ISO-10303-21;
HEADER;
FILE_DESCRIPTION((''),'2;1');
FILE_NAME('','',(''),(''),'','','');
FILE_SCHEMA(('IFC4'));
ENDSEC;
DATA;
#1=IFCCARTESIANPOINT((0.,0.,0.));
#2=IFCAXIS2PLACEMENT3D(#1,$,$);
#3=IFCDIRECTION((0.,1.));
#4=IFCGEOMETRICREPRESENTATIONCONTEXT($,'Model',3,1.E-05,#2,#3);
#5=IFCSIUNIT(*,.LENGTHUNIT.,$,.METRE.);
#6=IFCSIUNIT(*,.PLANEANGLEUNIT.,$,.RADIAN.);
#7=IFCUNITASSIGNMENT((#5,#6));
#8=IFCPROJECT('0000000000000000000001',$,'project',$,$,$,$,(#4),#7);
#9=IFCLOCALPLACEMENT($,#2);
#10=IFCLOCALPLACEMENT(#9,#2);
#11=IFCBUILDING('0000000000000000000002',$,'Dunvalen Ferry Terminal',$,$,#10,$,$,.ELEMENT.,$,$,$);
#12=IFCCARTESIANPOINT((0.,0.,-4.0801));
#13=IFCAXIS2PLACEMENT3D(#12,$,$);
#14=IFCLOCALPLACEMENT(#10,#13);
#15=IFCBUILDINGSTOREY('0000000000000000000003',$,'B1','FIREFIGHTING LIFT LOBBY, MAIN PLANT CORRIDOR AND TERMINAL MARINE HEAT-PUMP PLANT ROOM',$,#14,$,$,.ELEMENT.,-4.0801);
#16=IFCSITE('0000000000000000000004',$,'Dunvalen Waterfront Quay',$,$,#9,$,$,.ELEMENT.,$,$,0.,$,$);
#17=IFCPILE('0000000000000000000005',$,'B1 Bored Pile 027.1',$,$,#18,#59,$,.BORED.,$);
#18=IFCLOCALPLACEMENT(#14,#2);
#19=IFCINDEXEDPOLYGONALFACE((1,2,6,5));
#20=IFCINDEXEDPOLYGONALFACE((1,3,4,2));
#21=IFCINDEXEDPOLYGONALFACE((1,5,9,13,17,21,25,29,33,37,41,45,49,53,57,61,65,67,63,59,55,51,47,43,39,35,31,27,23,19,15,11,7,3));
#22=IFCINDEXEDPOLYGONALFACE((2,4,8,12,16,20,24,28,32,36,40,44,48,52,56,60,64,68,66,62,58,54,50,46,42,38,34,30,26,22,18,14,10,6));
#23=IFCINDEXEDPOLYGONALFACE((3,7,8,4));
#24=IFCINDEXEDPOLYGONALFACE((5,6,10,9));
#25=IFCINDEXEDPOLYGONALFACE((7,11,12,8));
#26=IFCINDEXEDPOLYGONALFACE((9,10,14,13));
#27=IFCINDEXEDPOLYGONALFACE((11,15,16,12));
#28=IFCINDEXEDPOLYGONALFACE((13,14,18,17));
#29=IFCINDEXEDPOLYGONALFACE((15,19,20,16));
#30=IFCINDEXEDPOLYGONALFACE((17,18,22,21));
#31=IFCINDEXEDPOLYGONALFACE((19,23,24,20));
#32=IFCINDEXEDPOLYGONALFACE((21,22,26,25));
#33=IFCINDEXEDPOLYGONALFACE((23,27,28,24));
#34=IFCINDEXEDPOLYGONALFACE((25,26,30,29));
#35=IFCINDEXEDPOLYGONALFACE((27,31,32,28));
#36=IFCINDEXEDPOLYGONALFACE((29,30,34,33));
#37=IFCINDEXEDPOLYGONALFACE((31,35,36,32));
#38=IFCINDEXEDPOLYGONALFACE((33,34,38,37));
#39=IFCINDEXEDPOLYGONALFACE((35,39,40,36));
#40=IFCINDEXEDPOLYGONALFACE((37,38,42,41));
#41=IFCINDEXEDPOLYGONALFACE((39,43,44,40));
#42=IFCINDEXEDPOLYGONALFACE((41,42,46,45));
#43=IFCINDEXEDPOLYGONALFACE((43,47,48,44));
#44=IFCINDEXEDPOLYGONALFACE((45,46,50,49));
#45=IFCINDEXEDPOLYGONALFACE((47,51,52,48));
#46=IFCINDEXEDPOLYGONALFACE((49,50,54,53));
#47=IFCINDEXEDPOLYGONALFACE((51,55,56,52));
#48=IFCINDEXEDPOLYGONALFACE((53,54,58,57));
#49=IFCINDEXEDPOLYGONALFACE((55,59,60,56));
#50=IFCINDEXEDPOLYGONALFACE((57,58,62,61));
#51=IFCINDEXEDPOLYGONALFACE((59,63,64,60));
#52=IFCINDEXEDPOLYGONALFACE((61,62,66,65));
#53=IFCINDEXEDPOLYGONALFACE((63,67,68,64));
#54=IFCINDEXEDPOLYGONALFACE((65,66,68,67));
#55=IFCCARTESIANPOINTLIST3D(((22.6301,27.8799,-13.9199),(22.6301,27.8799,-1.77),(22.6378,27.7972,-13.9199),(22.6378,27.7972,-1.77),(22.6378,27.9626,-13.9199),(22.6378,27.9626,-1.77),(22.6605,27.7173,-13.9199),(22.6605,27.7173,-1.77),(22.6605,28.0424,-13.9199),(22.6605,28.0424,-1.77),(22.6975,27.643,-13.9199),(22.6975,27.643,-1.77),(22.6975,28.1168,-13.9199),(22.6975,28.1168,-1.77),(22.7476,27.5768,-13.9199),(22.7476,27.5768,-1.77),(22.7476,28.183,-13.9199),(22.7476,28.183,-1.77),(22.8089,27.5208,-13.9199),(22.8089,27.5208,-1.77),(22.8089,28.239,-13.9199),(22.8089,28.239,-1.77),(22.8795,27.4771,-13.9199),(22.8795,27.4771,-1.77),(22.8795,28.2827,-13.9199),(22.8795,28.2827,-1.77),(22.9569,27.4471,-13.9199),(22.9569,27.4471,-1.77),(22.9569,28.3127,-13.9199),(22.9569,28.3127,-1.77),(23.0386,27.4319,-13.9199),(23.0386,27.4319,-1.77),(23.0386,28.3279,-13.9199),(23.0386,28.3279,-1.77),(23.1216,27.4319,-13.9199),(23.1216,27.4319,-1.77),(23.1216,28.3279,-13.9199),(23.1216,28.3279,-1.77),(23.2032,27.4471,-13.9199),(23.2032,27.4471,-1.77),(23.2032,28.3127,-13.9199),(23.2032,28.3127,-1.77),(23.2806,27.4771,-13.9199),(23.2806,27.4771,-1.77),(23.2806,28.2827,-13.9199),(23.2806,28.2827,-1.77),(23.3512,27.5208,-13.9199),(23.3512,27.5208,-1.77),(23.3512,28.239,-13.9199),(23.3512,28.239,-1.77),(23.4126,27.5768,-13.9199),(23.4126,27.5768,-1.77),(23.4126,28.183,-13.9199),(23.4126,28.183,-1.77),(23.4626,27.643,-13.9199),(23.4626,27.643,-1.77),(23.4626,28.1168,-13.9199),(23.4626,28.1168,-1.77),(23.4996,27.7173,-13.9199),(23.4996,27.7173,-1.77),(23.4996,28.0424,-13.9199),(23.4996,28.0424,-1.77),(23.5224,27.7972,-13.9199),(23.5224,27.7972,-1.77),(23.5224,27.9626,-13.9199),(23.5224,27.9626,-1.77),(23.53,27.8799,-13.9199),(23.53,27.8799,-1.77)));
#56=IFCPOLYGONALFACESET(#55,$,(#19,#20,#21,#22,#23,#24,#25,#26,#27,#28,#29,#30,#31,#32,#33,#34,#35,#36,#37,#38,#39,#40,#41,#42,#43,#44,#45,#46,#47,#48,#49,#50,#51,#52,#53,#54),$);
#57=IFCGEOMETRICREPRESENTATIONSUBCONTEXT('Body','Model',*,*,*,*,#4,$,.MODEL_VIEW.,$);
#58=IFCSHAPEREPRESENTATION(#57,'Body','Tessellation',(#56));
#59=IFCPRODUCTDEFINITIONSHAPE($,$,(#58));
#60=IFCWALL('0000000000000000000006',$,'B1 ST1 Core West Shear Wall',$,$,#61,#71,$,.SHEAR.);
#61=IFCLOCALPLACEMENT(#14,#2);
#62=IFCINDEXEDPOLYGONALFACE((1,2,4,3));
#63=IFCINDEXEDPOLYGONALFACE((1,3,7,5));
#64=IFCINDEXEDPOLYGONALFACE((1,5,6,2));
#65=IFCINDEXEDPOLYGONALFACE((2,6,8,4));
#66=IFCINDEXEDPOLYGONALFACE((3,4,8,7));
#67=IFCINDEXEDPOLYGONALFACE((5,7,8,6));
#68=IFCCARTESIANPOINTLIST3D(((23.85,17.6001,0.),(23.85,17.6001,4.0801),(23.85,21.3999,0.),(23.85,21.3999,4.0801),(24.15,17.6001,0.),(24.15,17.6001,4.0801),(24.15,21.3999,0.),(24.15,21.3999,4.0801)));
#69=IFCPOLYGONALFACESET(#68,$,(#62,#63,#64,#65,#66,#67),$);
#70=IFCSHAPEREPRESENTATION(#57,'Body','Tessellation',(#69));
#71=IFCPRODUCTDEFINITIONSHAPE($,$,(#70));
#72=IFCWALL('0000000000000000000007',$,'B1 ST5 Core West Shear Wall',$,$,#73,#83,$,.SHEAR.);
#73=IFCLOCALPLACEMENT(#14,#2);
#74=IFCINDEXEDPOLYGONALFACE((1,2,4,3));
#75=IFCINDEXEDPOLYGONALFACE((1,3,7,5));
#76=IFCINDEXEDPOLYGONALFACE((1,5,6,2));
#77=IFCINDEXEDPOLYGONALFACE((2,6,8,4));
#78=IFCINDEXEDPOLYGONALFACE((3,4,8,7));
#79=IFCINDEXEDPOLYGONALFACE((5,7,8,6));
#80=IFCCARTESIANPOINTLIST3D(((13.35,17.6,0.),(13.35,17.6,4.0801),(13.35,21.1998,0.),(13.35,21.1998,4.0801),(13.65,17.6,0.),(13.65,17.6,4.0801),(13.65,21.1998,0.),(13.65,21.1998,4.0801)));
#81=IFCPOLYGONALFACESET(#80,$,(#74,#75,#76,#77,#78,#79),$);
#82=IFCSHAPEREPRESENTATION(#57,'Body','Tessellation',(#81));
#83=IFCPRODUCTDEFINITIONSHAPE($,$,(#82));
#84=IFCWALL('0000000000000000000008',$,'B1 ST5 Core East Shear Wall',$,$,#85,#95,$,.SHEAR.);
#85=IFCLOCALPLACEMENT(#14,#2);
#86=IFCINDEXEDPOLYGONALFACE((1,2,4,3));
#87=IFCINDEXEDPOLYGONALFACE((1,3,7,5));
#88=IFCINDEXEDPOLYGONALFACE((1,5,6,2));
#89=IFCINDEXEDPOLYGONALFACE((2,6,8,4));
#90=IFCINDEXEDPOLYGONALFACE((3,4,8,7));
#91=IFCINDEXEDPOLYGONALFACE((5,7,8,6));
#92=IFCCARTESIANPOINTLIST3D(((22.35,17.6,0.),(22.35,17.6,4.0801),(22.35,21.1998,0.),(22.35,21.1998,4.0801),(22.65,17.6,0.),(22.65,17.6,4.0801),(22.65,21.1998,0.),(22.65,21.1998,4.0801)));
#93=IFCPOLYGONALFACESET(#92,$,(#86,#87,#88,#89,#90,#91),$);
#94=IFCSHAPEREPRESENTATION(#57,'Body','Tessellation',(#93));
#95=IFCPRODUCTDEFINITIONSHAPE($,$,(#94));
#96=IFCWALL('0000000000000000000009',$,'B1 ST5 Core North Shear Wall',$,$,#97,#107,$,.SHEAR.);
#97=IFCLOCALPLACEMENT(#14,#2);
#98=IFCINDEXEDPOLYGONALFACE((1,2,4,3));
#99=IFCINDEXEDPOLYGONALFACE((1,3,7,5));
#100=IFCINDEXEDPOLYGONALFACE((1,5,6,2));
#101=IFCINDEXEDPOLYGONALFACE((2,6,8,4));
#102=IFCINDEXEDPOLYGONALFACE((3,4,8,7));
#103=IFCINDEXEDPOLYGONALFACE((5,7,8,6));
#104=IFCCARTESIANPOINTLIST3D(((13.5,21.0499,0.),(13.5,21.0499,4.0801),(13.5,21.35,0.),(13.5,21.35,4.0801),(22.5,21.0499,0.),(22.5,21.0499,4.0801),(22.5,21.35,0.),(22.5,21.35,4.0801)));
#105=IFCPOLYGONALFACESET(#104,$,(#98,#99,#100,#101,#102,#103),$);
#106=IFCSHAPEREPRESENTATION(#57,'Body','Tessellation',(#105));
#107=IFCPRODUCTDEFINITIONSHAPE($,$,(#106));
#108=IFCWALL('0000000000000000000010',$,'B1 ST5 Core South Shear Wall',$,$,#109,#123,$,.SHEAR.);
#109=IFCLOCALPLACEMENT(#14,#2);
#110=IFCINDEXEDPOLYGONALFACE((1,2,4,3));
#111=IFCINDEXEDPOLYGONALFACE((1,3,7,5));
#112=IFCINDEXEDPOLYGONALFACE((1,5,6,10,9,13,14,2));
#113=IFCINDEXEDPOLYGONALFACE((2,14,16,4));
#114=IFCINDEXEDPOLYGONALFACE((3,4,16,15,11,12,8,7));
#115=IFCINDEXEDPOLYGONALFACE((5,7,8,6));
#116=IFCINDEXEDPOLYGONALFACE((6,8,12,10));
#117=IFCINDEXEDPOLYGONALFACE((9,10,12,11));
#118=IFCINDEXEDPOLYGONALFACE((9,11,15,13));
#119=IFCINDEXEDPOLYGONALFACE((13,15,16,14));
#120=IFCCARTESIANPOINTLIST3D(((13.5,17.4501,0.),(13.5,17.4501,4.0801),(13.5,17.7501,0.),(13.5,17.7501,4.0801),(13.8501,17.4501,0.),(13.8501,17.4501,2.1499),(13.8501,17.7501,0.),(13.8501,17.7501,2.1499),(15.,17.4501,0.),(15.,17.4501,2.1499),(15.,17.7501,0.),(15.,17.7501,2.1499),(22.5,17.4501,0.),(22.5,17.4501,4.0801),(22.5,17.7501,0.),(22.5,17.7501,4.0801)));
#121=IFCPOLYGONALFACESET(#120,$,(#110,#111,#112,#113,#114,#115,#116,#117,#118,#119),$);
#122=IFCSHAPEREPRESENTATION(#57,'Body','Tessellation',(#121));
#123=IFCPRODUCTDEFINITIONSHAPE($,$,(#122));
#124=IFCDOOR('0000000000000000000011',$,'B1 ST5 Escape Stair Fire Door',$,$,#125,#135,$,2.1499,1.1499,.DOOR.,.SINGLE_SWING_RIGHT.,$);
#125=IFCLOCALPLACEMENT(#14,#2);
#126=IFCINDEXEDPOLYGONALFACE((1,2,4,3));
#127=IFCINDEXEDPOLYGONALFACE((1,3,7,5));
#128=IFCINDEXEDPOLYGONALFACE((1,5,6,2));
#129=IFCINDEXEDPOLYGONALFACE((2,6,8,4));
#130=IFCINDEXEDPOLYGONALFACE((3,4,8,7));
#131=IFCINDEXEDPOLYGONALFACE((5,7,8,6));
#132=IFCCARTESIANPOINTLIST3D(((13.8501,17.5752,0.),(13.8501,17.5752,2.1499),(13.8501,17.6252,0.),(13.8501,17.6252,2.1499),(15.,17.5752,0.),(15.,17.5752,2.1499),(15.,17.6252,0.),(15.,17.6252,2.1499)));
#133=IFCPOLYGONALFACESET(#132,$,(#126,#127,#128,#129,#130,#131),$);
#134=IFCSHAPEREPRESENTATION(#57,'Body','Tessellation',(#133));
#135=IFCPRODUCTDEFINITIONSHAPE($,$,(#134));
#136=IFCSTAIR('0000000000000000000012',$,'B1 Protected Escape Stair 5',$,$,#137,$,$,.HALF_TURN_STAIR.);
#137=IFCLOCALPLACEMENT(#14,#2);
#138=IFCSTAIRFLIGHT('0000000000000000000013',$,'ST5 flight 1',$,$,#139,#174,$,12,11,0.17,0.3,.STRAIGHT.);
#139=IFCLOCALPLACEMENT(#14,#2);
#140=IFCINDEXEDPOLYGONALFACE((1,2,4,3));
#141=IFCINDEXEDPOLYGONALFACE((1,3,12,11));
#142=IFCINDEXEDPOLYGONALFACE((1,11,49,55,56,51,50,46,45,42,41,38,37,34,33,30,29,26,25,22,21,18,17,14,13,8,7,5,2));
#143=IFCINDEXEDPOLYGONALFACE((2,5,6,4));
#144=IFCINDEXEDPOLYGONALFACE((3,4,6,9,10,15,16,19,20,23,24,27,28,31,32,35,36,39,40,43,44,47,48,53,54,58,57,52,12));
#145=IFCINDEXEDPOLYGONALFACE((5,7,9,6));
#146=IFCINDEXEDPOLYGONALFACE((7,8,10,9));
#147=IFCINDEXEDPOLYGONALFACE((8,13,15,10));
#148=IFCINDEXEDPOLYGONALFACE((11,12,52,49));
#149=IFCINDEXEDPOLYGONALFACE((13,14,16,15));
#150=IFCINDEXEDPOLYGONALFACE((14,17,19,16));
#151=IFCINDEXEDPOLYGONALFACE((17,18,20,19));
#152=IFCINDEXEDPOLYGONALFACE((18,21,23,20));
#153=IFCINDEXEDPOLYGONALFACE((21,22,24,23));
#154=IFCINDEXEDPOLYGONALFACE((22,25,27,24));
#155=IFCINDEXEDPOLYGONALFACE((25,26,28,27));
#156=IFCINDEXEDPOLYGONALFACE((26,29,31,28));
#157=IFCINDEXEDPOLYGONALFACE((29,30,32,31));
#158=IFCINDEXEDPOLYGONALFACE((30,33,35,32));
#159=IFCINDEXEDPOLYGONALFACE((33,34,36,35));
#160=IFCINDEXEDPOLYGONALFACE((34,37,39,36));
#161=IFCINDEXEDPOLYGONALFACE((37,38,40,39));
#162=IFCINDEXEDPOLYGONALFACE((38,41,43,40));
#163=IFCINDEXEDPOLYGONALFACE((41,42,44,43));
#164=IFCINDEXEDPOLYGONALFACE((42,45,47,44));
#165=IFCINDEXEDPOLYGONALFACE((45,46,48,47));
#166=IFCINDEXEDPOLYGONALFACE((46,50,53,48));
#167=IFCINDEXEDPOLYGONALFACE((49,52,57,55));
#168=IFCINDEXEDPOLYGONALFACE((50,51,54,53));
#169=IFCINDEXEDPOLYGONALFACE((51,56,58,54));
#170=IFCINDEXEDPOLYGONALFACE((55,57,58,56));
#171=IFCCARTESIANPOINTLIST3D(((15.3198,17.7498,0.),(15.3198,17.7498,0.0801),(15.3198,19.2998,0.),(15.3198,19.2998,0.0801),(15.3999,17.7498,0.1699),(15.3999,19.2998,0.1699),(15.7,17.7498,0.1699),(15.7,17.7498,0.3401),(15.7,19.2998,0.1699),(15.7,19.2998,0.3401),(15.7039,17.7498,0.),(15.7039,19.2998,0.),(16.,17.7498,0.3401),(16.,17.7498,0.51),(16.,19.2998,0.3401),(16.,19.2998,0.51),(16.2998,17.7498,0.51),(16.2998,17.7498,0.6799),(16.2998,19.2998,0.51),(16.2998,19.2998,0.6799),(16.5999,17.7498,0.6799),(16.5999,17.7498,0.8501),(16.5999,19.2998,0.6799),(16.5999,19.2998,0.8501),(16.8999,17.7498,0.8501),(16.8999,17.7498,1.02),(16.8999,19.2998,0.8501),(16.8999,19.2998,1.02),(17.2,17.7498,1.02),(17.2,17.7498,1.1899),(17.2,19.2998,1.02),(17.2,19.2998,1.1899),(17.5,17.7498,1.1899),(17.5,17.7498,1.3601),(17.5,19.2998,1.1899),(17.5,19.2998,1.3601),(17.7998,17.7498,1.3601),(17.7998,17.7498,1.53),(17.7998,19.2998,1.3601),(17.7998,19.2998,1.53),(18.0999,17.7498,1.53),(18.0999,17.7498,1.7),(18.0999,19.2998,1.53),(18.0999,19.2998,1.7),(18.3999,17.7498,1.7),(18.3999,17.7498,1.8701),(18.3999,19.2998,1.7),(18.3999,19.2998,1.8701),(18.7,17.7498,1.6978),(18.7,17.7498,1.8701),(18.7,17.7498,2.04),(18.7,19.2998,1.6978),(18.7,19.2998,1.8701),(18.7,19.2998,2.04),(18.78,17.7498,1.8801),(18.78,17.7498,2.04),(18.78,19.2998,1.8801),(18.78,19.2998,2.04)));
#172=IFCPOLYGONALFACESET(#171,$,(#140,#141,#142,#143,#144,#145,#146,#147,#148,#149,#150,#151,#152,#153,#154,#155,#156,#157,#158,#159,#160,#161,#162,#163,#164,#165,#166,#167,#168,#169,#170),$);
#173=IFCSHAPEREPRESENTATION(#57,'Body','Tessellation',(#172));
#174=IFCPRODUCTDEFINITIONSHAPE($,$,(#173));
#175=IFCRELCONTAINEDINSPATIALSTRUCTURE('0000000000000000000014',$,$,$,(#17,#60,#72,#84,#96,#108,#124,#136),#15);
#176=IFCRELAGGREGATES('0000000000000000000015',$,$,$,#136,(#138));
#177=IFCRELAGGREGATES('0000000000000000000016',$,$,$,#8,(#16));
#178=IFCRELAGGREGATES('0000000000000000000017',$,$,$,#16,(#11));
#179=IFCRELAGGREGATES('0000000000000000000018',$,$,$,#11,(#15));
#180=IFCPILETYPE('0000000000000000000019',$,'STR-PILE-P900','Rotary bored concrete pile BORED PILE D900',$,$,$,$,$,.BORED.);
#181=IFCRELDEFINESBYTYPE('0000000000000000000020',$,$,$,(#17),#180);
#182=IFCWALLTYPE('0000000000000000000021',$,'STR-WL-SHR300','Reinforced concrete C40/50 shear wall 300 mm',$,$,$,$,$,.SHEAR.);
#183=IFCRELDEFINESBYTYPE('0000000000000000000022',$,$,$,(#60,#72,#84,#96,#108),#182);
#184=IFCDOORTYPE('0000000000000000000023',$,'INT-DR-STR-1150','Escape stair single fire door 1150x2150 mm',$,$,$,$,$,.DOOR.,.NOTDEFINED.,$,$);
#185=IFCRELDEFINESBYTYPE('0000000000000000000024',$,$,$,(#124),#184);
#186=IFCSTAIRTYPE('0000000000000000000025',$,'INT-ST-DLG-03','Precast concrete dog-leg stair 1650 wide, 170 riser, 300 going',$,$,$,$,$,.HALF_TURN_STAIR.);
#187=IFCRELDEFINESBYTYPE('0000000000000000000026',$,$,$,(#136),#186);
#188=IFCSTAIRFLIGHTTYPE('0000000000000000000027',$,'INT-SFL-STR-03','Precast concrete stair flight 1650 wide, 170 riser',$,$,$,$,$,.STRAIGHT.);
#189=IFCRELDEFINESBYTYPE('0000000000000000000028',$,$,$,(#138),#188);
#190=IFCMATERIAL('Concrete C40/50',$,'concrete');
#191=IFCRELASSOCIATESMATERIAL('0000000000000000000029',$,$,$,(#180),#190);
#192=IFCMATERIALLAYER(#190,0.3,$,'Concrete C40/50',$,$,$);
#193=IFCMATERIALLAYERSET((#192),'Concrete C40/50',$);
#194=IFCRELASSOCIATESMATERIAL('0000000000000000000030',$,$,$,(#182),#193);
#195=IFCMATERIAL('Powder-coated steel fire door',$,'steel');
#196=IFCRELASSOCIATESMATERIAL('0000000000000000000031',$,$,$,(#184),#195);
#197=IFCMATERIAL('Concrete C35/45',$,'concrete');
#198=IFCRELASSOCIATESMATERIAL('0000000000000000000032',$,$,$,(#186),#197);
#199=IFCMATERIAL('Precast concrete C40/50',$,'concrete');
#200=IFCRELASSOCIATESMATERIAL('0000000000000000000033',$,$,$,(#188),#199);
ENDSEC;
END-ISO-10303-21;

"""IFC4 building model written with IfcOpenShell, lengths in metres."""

from ifc_helpers import new_model, si_unit, direction, frame, frame_2d, origin, origin_2d, place, context, subcontext, project, spatial, polyline, rectangle, circle, outline, extrude, material, layer, layer_set, material_profile, profile_set, type_object, element, fill, aggregate, save


model = new_model("IFC4")

# Units and contexts
model_context = context("Model", 3, precision=1e-05, world=origin(), true_north=direction((0.0, 1.0)))
body_context = subcontext(model_context, "Body", "Model", "MODEL_VIEW")
ifc_project = project(units=[si_unit("LENGTHUNIT", "METRE"), si_unit("PLANEANGLEUNIT", "RADIAN")], contexts=[model_context])

# Site, building, storey
site_placement = place(None, origin())
site = spatial("IfcSite", under=ifc_project, at=site_placement, Name="Dunvalen Waterfront Quay", CompositionType="ELEMENT", RefElevation=0.0)
building_placement = place(site_placement, origin())
building = spatial("IfcBuilding", under=site, at=building_placement, Name="Dunvalen Ferry Terminal", CompositionType="ELEMENT")
storey_placement = place(building_placement, frame((0.0, 0.0, -4.0801)))
storey = spatial("IfcBuildingStorey", under=building, at=storey_placement, Name="B1", Description="FIREFIGHTING LIFT LOBBY, MAIN PLANT CORRIDOR AND TERMINAL MARINE HEAT-PUMP PLANT ROOM", CompositionType="ELEMENT", Elevation=-4.0801)

# Shared definitions
ifc_material_1 = material(Name="Concrete C40/50", Category="concrete")

# Pile
ifc_material_profile_1 = material_profile(ifc_material_1, circle(Radius=0.45, at=origin_2d()), Name="Concrete C40/50")
ifc_profile_set_1 = profile_set([ifc_material_profile_1], Name="Concrete C40/50")
pile_type_1 = type_object("IfcPileType", Name="STR-PILE-P900", Description="Rotary bored concrete pile BORED PILE D900", PredefinedType="BORED", material=ifc_profile_set_1)
pile_1_placement = place(storey_placement, frame((23.0801, 27.8799, -1.77), z_axis=(0.0, 0.0, -1.0), x_axis=(1.0, 0.0, 0.0)))
element("IfcPile", 1, at=pile_1_placement, inside=storey, type_object=pile_type_1, Name="B1 Bored Pile 027.1", PredefinedType="BORED", context=body_context, shape_type="SweptSolid", body=[
    extrude(circle(Radius=0.45, at=origin_2d()), origin(), (0.0, 0.0, 1.0), 12.1499),
])

# Walls
ifc_layer = layer(ifc_material_1, 0.3, Name="Concrete C40/50")
ifc_layer_set = layer_set([ifc_layer], Name="Concrete C40/50")
wall_type = type_object("IfcWallType", Name="STR-WL-SHR300", Description="Reinforced concrete C40/50 shear wall 300 mm", PredefinedType="SHEAR", material=ifc_layer_set)
wall_1_placement = place(storey_placement, frame((24.0, 17.6001, 0.0), z_axis=(0.0, 0.0, 1.0), x_axis=(0.0, 1.0, 0.0)))
element("IfcWall", 2, at=wall_1_placement, inside=storey, type_object=wall_type, Name="B1 ST1 Core West Shear Wall", PredefinedType="SHEAR", context=body_context, shape_type="SweptSolid", body=[
    extrude(rectangle(XDim=3.7998, YDim=0.3, at=frame_2d((1.8999, 0.0))), origin(), (0.0, 0.0, 1.0), 4.0801),
])
for number, where, z_axis, x_axis, name in (
    (3, (13.5, 17.6001, 0.0), (0.0, 0.0, 1.0), (0.0, 1.0, 0.0), "B1 ST5 Core West Shear Wall"),
    (4, (22.5, 17.6001, 0.0), (0.0, 0.0, 1.0), (0.0, 1.0, 0.0), "B1 ST5 Core East Shear Wall"),
):
    element("IfcWall", number, at=place(storey_placement, frame(where, z_axis=z_axis, x_axis=x_axis)), inside=storey, type_object=wall_type, Name=name, PredefinedType="SHEAR", context=body_context, shape_type="SweptSolid", body=[
        extrude(rectangle(XDim=3.5999, YDim=0.3, at=frame_2d((1.7998, 0.0))), origin(), (0.0, 0.0, 1.0), 4.0801),
    ])
wall_2_placement = place(storey_placement, frame((13.5, 21.2, 0.0), z_axis=(0.0, 0.0, 1.0), x_axis=(1.0, 0.0, 0.0)))
element("IfcWall", 5, at=wall_2_placement, inside=storey, type_object=wall_type, Name="B1 ST5 Core North Shear Wall", PredefinedType="SHEAR", context=body_context, shape_type="SweptSolid", body=[
    extrude(rectangle(XDim=9.0, YDim=0.3, at=frame_2d((4.5, 0.0))), origin(), (0.0, 0.0, 1.0), 4.0801),
])

# Wall, opening, door
wall_3_placement = place(storey_placement, frame((13.5, 17.6001, 0.0), z_axis=(0.0, 0.0, 1.0), x_axis=(1.0, 0.0, 0.0)))
wall_3 = element("IfcWall", 6, at=wall_3_placement, inside=storey, type_object=wall_type, Name="B1 ST5 Core South Shear Wall", PredefinedType="SHEAR", context=body_context, shape_type="SweptSolid", body=[
    extrude(rectangle(XDim=9.0, YDim=0.3, at=frame_2d((4.5, 0.0))), origin(), (0.0, 0.0, 1.0), 4.0801),
])
opening_placement = place(wall_3_placement, frame((0.3501, 0.0, 0.0)))
opening = element("IfcOpeningElement", 7, at=opening_placement, cuts=wall_3, PredefinedType="OPENING", context=body_context, shape_type="SweptSolid", body=[
    extrude(rectangle(XDim=1.1499, YDim=2.1499, at=frame_2d((0.575, 1.075))), frame((0.0, 0.1602, 0.0), z_axis=(0.0, -1.0, 0.0), x_axis=(1.0, 0.0, 0.0)), (0.0, 0.0, 1.0), 0.3201),
])
ifc_material_2 = material(Name="Powder-coated steel fire door", Category="steel")
door_type = type_object("IfcDoorType", Name="INT-DR-STR-1150", Description="Escape stair single fire door 1150x2150 mm", OperationType="NOTDEFINED", PredefinedType="DOOR", material=ifc_material_2)
door_placement = place(opening_placement, frame((1.1499, 0.0, 0.0), z_axis=(0.0, 0.0, 1.0), x_axis=(-1.0, 0.0, 0.0)))
door = element("IfcDoor", 8, at=door_placement, inside=storey, type_object=door_type, Name="B1 ST5 Escape Stair Fire Door", OperationType="SINGLE_SWING_RIGHT", OverallHeight=2.1499, OverallWidth=1.1499, PredefinedType="DOOR", context=body_context, shape_type="SweptSolid", body=[
    extrude(rectangle(XDim=1.1499, YDim=2.1499, at=frame_2d((0.575, 1.075))), frame((0.0, 0.0249, 0.0), z_axis=(0.0, -1.0, 0.0), x_axis=(1.0, 0.0, 0.0)), (0.0, 0.0, 1.0), 0.05),
])
fill(opening, door)

# Stair, stair flight
ifc_material_3 = material(Name="Concrete C35/45", Category="concrete")
stair_type = type_object("IfcStairType", Name="INT-ST-DLG-03", Description="Precast concrete dog-leg stair 1650 wide, 170 riser, 300 going", PredefinedType="HALF_TURN_STAIR", material=ifc_material_3)
stair_placement = place(storey_placement, origin())
stair = element("IfcStair", 9, at=stair_placement, inside=storey, type_object=stair_type, Name="B1 Protected Escape Stair 5", PredefinedType="HALF_TURN_STAIR")
ifc_material_4 = material(Name="Precast concrete C40/50", Category="concrete")
stair_flight_type = type_object("IfcStairFlightType", Name="INT-SFL-STR-03", Description="Precast concrete stair flight 1650 wide, 170 riser", PredefinedType="STRAIGHT", material=ifc_material_4)
stair_flight_1_placement = place(storey_placement, frame((15.3999, 18.5249, 0.0), z_axis=(0.0, 0.0, 1.0), x_axis=(1.0, 0.0, 0.0)))
stair_flight_1 = element("IfcStairFlight", 10, at=stair_flight_1_placement, type_object=stair_flight_type, Name="ST5 flight 1", NumberOfRisers=12, NumberOfTreads=11, PredefinedType="STRAIGHT", RiserHeight=0.17, TreadLength=0.3, context=body_context, shape_type="SweptSolid", body=[
    extrude(outline(polyline([(-0.0801, 0.0), (-0.0801, 0.0801), (0.0, 0.1699), (0.3, 0.1699), (0.3, 0.3401), (0.6001, 0.3401), (0.6001, 0.51), (0.8999, 0.51), (0.8999, 0.6799), (1.2, 0.6799), (1.2, 0.8501), (1.5, 0.8501), (1.5, 1.02), (1.8, 1.02), (1.8, 1.1899), (2.1001, 1.1899), (2.1001, 1.3601), (2.3999, 1.3601), (2.3999, 1.53), (2.7, 1.53), (2.7, 1.7), (3.0, 1.7), (3.0, 1.8701), (3.3, 1.8701), (3.3, 2.04), (3.3801, 2.04), (3.3801, 1.8801), (3.3, 1.6978), (0.304, 0.0), (-0.0801, 0.0)])), frame((0.0, 0.7749, 0.0), z_axis=(0.0, -1.0, 0.0), x_axis=(1.0, 0.0, 0.0)), (0.0, 0.0, 1.0), 1.55),
])
aggregate(stair, [stair_flight_1])

save(model, "model.ifc")
